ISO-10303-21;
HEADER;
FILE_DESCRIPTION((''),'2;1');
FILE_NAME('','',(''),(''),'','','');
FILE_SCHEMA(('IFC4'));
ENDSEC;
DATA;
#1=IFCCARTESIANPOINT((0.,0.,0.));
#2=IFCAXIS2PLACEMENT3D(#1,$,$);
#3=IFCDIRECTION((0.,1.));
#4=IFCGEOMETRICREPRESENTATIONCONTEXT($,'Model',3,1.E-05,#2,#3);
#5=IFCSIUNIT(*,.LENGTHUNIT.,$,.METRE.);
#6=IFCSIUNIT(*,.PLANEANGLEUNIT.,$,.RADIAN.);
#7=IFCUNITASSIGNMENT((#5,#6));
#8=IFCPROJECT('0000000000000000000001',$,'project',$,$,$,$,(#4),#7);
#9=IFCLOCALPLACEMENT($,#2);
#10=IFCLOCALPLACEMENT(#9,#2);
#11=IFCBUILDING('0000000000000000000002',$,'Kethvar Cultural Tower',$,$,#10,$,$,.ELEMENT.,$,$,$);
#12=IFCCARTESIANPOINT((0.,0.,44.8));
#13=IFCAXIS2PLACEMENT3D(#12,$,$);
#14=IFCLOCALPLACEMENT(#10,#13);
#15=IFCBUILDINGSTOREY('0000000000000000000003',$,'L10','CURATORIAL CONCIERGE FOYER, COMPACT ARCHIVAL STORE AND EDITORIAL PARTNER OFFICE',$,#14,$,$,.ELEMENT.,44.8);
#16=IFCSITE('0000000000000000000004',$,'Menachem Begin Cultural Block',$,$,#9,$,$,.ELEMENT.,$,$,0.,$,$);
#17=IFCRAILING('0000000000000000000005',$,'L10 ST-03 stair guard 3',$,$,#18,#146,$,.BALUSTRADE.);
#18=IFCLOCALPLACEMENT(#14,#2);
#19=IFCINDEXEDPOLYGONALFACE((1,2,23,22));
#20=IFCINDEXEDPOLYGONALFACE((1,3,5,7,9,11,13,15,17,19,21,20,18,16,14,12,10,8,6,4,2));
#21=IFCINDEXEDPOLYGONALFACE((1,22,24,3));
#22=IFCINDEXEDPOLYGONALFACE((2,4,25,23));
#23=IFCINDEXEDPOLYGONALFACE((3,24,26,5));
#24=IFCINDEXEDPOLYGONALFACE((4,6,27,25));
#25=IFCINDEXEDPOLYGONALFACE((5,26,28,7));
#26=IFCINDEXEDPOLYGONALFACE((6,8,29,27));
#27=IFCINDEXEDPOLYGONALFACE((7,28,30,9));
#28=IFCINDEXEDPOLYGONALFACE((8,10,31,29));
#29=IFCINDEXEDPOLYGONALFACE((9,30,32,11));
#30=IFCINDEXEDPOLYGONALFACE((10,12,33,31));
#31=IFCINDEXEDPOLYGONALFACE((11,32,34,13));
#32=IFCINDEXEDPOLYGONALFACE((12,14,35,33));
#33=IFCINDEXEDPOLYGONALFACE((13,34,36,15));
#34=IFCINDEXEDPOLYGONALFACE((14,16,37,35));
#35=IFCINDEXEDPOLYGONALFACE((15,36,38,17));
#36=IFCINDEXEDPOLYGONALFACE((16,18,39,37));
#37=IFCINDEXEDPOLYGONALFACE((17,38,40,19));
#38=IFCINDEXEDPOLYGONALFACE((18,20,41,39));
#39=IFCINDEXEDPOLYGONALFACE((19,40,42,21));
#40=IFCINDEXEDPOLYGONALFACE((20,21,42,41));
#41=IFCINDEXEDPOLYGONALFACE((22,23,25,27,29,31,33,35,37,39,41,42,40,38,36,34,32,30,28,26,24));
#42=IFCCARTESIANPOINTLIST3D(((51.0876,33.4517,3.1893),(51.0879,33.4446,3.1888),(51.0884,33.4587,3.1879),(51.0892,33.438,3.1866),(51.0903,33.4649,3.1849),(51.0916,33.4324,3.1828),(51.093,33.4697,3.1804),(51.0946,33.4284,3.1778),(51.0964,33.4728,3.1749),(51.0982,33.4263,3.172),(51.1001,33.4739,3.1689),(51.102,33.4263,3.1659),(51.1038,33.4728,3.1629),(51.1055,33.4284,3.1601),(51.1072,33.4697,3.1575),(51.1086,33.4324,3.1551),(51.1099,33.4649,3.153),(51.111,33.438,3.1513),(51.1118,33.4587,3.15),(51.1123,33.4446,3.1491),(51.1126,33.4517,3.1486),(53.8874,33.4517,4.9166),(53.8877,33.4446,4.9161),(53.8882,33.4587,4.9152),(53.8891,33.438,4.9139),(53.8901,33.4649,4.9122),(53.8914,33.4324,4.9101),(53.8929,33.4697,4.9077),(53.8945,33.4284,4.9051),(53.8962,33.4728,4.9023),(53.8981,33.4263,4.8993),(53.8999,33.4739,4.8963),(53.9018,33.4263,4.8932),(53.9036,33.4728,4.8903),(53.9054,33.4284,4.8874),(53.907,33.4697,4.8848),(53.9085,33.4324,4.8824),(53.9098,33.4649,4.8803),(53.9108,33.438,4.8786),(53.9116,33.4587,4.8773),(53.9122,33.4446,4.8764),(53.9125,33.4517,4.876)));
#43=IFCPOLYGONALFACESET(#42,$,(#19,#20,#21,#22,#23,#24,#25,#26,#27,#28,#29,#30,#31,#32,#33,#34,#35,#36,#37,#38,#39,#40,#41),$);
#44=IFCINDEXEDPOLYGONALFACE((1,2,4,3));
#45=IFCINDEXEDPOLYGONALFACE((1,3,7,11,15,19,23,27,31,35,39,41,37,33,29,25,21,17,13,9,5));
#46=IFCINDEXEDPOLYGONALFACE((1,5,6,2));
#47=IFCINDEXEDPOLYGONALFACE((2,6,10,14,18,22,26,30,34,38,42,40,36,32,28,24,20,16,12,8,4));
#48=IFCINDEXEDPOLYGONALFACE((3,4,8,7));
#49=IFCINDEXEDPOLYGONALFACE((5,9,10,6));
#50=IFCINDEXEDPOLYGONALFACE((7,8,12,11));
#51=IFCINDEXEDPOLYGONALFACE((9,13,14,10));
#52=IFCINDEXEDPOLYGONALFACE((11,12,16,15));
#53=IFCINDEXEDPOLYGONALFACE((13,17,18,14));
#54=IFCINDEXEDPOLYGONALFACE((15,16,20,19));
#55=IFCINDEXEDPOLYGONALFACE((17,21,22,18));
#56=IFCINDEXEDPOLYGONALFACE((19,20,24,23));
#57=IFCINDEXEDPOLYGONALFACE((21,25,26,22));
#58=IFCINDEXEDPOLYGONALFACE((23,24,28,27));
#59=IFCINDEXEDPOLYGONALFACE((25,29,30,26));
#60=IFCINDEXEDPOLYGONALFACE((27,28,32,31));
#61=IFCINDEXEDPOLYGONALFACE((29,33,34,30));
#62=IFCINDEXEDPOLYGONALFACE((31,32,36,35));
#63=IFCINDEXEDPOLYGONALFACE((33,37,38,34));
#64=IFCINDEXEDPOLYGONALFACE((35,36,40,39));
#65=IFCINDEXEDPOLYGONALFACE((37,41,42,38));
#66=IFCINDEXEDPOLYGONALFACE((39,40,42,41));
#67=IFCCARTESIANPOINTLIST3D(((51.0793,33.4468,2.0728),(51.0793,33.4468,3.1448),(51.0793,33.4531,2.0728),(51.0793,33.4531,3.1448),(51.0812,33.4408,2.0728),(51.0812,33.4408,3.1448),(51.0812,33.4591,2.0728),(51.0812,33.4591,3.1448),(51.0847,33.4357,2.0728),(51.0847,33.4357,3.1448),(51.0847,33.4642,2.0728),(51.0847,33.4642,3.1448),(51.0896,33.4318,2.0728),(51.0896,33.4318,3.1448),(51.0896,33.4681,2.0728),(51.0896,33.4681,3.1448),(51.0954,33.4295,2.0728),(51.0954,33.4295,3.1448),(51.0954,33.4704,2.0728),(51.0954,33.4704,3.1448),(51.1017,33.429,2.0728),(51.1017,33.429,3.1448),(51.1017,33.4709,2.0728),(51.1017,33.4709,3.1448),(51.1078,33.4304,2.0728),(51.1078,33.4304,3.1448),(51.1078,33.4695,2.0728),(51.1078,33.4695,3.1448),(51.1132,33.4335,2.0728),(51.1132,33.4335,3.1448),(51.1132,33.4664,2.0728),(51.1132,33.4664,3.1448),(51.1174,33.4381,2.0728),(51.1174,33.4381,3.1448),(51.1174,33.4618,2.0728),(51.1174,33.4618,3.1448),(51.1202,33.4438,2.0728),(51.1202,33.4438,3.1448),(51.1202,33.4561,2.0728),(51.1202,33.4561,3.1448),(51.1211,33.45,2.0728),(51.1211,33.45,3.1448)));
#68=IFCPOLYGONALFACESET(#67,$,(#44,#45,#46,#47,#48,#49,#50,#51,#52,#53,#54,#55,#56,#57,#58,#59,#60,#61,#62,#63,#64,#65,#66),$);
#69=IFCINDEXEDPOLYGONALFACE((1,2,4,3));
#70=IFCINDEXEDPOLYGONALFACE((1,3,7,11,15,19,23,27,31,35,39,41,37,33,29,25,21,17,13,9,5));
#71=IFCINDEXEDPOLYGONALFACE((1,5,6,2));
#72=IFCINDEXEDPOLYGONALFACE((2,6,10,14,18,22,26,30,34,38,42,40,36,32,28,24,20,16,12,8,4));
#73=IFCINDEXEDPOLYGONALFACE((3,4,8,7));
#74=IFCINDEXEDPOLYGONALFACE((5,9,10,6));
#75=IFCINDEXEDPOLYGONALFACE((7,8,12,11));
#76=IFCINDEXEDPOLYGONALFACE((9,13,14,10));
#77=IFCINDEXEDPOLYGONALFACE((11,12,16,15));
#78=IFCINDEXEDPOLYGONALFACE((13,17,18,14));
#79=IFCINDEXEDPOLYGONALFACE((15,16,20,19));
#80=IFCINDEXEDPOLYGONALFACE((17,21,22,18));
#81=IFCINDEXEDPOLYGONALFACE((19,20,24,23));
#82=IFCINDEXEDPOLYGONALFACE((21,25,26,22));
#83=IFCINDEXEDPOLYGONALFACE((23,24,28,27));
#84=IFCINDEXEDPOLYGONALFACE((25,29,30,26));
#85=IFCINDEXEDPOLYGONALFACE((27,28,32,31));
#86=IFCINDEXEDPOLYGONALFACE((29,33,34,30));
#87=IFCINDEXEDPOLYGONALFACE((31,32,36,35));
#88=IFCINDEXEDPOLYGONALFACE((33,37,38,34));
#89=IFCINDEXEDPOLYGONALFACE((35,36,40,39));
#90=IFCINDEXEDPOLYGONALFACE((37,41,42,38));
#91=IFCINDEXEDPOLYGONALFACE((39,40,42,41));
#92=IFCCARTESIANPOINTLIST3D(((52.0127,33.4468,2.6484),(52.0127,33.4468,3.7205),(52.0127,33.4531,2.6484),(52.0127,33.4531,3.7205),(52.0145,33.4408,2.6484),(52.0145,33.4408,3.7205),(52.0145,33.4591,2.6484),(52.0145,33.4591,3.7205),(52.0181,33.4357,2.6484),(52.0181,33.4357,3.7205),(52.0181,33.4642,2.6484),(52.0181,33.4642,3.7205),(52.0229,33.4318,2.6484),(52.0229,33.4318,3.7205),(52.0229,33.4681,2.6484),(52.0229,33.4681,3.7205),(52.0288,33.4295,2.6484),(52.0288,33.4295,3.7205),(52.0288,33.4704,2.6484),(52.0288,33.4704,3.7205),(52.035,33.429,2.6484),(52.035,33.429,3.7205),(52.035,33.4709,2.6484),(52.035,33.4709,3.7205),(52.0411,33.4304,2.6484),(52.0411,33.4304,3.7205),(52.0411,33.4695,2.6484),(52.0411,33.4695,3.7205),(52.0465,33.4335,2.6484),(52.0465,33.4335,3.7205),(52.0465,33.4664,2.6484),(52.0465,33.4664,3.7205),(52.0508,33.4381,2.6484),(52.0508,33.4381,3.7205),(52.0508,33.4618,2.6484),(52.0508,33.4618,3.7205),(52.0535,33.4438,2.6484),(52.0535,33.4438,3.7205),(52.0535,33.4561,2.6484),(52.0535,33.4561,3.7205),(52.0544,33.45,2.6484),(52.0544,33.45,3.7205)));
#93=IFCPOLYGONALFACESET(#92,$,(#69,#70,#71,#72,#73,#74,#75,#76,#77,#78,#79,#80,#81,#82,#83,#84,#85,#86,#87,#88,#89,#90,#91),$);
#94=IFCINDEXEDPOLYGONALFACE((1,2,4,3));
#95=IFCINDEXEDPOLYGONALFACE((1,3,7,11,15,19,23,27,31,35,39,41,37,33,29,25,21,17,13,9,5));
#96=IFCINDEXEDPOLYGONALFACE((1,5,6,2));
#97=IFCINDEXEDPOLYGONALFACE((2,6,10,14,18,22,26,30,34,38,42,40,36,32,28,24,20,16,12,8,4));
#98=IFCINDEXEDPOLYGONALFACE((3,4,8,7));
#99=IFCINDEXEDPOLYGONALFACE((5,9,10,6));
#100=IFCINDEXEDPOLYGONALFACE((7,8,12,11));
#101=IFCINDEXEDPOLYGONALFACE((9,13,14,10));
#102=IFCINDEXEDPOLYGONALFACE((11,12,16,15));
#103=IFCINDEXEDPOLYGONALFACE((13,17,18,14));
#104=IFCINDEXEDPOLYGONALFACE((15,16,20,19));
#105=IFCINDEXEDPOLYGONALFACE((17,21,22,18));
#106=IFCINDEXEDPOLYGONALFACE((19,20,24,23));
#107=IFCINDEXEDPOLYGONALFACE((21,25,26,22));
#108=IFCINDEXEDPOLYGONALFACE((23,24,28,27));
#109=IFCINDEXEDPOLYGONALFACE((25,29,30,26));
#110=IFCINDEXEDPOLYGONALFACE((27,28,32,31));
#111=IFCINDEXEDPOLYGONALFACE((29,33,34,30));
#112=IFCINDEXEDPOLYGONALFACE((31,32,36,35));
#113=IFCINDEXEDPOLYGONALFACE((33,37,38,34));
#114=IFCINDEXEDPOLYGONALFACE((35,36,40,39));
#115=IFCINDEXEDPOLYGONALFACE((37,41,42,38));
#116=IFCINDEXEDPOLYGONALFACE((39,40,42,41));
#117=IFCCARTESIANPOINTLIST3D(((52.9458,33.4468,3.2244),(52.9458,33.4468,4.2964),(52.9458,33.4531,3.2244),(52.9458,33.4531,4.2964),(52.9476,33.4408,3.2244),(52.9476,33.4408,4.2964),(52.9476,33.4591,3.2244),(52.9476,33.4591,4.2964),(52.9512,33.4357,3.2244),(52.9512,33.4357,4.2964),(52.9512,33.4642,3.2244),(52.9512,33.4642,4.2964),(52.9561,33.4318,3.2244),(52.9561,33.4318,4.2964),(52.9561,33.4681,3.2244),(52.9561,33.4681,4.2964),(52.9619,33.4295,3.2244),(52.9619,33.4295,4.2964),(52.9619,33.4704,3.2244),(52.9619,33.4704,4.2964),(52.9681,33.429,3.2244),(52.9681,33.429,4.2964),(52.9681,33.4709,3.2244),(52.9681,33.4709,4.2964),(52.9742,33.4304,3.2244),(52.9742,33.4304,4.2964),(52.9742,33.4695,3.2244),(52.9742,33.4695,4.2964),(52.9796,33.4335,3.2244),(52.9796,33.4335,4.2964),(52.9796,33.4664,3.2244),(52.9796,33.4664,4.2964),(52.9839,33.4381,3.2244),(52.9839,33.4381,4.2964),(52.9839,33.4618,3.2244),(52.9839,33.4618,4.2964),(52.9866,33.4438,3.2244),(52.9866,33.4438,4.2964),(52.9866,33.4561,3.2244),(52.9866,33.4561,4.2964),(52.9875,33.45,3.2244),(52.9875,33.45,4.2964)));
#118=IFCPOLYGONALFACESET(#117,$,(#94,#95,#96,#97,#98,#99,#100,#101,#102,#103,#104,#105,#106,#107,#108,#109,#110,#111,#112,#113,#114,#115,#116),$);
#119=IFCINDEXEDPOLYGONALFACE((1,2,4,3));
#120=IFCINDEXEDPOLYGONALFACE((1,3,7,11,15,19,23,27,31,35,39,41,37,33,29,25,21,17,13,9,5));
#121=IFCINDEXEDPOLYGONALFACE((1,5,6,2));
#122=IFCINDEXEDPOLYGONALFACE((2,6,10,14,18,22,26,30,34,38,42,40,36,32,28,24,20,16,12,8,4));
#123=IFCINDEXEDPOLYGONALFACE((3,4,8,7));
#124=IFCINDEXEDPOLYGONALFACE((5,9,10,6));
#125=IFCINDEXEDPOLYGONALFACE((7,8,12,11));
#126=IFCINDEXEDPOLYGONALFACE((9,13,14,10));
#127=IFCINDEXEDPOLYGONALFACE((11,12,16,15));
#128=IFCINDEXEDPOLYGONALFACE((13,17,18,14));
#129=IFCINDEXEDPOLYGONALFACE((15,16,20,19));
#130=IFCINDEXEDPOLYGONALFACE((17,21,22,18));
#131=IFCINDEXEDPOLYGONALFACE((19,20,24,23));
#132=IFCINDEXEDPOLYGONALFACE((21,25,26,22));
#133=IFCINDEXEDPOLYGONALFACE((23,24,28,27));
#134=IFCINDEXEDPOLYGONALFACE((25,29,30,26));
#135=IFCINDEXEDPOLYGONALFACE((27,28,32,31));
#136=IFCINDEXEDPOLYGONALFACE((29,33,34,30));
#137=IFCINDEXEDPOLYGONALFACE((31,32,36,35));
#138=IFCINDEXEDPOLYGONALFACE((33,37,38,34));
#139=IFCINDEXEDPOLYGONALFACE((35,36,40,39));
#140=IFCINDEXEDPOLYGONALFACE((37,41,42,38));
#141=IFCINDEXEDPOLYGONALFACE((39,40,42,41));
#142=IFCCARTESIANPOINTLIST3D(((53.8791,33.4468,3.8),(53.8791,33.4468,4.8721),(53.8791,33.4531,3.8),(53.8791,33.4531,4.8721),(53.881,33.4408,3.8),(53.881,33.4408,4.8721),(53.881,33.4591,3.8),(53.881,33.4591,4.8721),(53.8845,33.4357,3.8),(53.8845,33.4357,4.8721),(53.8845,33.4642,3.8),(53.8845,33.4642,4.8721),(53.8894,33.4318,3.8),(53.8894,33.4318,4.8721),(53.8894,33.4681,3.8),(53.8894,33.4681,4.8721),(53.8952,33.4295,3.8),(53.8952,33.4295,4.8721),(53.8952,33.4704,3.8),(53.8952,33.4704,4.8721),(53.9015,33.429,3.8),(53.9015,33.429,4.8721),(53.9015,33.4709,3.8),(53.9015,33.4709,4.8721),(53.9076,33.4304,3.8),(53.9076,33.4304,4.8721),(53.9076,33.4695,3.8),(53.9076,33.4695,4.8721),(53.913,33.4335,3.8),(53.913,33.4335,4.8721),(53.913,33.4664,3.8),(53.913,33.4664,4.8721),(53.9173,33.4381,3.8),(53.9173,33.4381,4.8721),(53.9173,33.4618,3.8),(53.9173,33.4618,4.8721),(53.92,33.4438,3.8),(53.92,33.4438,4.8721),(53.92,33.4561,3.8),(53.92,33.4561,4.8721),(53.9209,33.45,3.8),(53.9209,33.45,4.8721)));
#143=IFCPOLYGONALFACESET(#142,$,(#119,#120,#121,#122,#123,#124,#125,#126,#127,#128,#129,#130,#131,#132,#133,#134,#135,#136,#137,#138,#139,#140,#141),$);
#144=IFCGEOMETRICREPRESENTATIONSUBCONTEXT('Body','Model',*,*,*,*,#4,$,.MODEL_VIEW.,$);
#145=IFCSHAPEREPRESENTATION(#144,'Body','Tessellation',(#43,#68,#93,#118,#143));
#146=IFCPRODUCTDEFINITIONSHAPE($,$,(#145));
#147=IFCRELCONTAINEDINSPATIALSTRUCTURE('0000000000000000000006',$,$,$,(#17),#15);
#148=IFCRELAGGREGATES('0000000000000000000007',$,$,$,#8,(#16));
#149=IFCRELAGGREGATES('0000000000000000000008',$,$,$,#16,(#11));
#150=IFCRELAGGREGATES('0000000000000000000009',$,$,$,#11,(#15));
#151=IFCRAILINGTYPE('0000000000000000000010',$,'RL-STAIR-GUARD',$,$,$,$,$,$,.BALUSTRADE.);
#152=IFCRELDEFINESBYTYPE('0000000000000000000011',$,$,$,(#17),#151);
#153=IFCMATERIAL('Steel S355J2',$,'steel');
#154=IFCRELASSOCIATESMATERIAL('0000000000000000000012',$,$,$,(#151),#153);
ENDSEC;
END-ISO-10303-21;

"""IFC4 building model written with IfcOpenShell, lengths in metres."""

from ifc_helpers import new_model, si_unit, direction, frame, origin, origin_2d, place, context, subcontext, project, spatial, circle, extrude, material, type_object, element, save


model = new_model("IFC4")

# Units and contexts
model_context = context("Model", 3, precision=1e-05, world=origin(), true_north=direction((0.0, 1.0)))
body_context = subcontext(model_context, "Body", "Model", "MODEL_VIEW")
ifc_project = project(units=[si_unit("LENGTHUNIT", "METRE"), si_unit("PLANEANGLEUNIT", "RADIAN")], contexts=[model_context])

# Site, building, storey
site_placement = place(None, origin())
site = spatial("IfcSite", under=ifc_project, at=site_placement, Name="Menachem Begin Cultural Block", CompositionType="ELEMENT", RefElevation=0.0)
building_placement = place(site_placement, origin())
building = spatial("IfcBuilding", under=site, at=building_placement, Name="Kethvar Cultural Tower", CompositionType="ELEMENT")
storey_placement = place(building_placement, frame((0.0, 0.0, 44.8)))
storey = spatial("IfcBuildingStorey", under=building, at=storey_placement, Name="L10", Description="CURATORIAL CONCIERGE FOYER, COMPACT ARCHIVAL STORE AND EDITORIAL PARTNER OFFICE", CompositionType="ELEMENT", Elevation=44.8)

# Shared definitions
ifc_material_1 = material(Name="Steel S355J2", Category="steel")

# Railing
railing_type_1 = type_object("IfcRailingType", Name="RL-STAIR-GUARD", PredefinedType="BALUSTRADE", material=ifc_material_1)
railing_1_placement = place(storey_placement, frame((51.1001, 33.45, 2.0728)))
element("IfcRailing", 1, at=railing_1_placement, inside=storey, type_object=railing_type_1, Name="L10 ST-03 stair guard 3", PredefinedType="BALUSTRADE", context=body_context, shape_type="SweptSolid", body=[
    extrude(circle(Radius=0.0239, at=origin_2d()), frame((0.0, 0.0, 1.0962), z_axis=(0.851069, 0.0, 0.525054), x_axis=(0.0, 1.0, 0.0)), (0.0, 0.0, 1.0), 3.2898),
    extrude(circle(Radius=0.021, at=origin_2d()), origin(), (0.0, 0.0, 1.0), 1.072),
    extrude(circle(Radius=0.021, at=origin_2d()), frame((0.9333, 0.0, 0.5757)), (0.0, 0.0, 1.0), 1.072),
    extrude(circle(Radius=0.021, at=origin_2d()), frame((1.8665, 0.0, 1.1516)), (0.0, 0.0, 1.0), 1.072),
    extrude(circle(Radius=0.021, at=origin_2d()), frame((2.7998, 0.0, 1.7273)), (0.0, 0.0, 1.0), 1.072),
])

save(model, "model.ifc")
